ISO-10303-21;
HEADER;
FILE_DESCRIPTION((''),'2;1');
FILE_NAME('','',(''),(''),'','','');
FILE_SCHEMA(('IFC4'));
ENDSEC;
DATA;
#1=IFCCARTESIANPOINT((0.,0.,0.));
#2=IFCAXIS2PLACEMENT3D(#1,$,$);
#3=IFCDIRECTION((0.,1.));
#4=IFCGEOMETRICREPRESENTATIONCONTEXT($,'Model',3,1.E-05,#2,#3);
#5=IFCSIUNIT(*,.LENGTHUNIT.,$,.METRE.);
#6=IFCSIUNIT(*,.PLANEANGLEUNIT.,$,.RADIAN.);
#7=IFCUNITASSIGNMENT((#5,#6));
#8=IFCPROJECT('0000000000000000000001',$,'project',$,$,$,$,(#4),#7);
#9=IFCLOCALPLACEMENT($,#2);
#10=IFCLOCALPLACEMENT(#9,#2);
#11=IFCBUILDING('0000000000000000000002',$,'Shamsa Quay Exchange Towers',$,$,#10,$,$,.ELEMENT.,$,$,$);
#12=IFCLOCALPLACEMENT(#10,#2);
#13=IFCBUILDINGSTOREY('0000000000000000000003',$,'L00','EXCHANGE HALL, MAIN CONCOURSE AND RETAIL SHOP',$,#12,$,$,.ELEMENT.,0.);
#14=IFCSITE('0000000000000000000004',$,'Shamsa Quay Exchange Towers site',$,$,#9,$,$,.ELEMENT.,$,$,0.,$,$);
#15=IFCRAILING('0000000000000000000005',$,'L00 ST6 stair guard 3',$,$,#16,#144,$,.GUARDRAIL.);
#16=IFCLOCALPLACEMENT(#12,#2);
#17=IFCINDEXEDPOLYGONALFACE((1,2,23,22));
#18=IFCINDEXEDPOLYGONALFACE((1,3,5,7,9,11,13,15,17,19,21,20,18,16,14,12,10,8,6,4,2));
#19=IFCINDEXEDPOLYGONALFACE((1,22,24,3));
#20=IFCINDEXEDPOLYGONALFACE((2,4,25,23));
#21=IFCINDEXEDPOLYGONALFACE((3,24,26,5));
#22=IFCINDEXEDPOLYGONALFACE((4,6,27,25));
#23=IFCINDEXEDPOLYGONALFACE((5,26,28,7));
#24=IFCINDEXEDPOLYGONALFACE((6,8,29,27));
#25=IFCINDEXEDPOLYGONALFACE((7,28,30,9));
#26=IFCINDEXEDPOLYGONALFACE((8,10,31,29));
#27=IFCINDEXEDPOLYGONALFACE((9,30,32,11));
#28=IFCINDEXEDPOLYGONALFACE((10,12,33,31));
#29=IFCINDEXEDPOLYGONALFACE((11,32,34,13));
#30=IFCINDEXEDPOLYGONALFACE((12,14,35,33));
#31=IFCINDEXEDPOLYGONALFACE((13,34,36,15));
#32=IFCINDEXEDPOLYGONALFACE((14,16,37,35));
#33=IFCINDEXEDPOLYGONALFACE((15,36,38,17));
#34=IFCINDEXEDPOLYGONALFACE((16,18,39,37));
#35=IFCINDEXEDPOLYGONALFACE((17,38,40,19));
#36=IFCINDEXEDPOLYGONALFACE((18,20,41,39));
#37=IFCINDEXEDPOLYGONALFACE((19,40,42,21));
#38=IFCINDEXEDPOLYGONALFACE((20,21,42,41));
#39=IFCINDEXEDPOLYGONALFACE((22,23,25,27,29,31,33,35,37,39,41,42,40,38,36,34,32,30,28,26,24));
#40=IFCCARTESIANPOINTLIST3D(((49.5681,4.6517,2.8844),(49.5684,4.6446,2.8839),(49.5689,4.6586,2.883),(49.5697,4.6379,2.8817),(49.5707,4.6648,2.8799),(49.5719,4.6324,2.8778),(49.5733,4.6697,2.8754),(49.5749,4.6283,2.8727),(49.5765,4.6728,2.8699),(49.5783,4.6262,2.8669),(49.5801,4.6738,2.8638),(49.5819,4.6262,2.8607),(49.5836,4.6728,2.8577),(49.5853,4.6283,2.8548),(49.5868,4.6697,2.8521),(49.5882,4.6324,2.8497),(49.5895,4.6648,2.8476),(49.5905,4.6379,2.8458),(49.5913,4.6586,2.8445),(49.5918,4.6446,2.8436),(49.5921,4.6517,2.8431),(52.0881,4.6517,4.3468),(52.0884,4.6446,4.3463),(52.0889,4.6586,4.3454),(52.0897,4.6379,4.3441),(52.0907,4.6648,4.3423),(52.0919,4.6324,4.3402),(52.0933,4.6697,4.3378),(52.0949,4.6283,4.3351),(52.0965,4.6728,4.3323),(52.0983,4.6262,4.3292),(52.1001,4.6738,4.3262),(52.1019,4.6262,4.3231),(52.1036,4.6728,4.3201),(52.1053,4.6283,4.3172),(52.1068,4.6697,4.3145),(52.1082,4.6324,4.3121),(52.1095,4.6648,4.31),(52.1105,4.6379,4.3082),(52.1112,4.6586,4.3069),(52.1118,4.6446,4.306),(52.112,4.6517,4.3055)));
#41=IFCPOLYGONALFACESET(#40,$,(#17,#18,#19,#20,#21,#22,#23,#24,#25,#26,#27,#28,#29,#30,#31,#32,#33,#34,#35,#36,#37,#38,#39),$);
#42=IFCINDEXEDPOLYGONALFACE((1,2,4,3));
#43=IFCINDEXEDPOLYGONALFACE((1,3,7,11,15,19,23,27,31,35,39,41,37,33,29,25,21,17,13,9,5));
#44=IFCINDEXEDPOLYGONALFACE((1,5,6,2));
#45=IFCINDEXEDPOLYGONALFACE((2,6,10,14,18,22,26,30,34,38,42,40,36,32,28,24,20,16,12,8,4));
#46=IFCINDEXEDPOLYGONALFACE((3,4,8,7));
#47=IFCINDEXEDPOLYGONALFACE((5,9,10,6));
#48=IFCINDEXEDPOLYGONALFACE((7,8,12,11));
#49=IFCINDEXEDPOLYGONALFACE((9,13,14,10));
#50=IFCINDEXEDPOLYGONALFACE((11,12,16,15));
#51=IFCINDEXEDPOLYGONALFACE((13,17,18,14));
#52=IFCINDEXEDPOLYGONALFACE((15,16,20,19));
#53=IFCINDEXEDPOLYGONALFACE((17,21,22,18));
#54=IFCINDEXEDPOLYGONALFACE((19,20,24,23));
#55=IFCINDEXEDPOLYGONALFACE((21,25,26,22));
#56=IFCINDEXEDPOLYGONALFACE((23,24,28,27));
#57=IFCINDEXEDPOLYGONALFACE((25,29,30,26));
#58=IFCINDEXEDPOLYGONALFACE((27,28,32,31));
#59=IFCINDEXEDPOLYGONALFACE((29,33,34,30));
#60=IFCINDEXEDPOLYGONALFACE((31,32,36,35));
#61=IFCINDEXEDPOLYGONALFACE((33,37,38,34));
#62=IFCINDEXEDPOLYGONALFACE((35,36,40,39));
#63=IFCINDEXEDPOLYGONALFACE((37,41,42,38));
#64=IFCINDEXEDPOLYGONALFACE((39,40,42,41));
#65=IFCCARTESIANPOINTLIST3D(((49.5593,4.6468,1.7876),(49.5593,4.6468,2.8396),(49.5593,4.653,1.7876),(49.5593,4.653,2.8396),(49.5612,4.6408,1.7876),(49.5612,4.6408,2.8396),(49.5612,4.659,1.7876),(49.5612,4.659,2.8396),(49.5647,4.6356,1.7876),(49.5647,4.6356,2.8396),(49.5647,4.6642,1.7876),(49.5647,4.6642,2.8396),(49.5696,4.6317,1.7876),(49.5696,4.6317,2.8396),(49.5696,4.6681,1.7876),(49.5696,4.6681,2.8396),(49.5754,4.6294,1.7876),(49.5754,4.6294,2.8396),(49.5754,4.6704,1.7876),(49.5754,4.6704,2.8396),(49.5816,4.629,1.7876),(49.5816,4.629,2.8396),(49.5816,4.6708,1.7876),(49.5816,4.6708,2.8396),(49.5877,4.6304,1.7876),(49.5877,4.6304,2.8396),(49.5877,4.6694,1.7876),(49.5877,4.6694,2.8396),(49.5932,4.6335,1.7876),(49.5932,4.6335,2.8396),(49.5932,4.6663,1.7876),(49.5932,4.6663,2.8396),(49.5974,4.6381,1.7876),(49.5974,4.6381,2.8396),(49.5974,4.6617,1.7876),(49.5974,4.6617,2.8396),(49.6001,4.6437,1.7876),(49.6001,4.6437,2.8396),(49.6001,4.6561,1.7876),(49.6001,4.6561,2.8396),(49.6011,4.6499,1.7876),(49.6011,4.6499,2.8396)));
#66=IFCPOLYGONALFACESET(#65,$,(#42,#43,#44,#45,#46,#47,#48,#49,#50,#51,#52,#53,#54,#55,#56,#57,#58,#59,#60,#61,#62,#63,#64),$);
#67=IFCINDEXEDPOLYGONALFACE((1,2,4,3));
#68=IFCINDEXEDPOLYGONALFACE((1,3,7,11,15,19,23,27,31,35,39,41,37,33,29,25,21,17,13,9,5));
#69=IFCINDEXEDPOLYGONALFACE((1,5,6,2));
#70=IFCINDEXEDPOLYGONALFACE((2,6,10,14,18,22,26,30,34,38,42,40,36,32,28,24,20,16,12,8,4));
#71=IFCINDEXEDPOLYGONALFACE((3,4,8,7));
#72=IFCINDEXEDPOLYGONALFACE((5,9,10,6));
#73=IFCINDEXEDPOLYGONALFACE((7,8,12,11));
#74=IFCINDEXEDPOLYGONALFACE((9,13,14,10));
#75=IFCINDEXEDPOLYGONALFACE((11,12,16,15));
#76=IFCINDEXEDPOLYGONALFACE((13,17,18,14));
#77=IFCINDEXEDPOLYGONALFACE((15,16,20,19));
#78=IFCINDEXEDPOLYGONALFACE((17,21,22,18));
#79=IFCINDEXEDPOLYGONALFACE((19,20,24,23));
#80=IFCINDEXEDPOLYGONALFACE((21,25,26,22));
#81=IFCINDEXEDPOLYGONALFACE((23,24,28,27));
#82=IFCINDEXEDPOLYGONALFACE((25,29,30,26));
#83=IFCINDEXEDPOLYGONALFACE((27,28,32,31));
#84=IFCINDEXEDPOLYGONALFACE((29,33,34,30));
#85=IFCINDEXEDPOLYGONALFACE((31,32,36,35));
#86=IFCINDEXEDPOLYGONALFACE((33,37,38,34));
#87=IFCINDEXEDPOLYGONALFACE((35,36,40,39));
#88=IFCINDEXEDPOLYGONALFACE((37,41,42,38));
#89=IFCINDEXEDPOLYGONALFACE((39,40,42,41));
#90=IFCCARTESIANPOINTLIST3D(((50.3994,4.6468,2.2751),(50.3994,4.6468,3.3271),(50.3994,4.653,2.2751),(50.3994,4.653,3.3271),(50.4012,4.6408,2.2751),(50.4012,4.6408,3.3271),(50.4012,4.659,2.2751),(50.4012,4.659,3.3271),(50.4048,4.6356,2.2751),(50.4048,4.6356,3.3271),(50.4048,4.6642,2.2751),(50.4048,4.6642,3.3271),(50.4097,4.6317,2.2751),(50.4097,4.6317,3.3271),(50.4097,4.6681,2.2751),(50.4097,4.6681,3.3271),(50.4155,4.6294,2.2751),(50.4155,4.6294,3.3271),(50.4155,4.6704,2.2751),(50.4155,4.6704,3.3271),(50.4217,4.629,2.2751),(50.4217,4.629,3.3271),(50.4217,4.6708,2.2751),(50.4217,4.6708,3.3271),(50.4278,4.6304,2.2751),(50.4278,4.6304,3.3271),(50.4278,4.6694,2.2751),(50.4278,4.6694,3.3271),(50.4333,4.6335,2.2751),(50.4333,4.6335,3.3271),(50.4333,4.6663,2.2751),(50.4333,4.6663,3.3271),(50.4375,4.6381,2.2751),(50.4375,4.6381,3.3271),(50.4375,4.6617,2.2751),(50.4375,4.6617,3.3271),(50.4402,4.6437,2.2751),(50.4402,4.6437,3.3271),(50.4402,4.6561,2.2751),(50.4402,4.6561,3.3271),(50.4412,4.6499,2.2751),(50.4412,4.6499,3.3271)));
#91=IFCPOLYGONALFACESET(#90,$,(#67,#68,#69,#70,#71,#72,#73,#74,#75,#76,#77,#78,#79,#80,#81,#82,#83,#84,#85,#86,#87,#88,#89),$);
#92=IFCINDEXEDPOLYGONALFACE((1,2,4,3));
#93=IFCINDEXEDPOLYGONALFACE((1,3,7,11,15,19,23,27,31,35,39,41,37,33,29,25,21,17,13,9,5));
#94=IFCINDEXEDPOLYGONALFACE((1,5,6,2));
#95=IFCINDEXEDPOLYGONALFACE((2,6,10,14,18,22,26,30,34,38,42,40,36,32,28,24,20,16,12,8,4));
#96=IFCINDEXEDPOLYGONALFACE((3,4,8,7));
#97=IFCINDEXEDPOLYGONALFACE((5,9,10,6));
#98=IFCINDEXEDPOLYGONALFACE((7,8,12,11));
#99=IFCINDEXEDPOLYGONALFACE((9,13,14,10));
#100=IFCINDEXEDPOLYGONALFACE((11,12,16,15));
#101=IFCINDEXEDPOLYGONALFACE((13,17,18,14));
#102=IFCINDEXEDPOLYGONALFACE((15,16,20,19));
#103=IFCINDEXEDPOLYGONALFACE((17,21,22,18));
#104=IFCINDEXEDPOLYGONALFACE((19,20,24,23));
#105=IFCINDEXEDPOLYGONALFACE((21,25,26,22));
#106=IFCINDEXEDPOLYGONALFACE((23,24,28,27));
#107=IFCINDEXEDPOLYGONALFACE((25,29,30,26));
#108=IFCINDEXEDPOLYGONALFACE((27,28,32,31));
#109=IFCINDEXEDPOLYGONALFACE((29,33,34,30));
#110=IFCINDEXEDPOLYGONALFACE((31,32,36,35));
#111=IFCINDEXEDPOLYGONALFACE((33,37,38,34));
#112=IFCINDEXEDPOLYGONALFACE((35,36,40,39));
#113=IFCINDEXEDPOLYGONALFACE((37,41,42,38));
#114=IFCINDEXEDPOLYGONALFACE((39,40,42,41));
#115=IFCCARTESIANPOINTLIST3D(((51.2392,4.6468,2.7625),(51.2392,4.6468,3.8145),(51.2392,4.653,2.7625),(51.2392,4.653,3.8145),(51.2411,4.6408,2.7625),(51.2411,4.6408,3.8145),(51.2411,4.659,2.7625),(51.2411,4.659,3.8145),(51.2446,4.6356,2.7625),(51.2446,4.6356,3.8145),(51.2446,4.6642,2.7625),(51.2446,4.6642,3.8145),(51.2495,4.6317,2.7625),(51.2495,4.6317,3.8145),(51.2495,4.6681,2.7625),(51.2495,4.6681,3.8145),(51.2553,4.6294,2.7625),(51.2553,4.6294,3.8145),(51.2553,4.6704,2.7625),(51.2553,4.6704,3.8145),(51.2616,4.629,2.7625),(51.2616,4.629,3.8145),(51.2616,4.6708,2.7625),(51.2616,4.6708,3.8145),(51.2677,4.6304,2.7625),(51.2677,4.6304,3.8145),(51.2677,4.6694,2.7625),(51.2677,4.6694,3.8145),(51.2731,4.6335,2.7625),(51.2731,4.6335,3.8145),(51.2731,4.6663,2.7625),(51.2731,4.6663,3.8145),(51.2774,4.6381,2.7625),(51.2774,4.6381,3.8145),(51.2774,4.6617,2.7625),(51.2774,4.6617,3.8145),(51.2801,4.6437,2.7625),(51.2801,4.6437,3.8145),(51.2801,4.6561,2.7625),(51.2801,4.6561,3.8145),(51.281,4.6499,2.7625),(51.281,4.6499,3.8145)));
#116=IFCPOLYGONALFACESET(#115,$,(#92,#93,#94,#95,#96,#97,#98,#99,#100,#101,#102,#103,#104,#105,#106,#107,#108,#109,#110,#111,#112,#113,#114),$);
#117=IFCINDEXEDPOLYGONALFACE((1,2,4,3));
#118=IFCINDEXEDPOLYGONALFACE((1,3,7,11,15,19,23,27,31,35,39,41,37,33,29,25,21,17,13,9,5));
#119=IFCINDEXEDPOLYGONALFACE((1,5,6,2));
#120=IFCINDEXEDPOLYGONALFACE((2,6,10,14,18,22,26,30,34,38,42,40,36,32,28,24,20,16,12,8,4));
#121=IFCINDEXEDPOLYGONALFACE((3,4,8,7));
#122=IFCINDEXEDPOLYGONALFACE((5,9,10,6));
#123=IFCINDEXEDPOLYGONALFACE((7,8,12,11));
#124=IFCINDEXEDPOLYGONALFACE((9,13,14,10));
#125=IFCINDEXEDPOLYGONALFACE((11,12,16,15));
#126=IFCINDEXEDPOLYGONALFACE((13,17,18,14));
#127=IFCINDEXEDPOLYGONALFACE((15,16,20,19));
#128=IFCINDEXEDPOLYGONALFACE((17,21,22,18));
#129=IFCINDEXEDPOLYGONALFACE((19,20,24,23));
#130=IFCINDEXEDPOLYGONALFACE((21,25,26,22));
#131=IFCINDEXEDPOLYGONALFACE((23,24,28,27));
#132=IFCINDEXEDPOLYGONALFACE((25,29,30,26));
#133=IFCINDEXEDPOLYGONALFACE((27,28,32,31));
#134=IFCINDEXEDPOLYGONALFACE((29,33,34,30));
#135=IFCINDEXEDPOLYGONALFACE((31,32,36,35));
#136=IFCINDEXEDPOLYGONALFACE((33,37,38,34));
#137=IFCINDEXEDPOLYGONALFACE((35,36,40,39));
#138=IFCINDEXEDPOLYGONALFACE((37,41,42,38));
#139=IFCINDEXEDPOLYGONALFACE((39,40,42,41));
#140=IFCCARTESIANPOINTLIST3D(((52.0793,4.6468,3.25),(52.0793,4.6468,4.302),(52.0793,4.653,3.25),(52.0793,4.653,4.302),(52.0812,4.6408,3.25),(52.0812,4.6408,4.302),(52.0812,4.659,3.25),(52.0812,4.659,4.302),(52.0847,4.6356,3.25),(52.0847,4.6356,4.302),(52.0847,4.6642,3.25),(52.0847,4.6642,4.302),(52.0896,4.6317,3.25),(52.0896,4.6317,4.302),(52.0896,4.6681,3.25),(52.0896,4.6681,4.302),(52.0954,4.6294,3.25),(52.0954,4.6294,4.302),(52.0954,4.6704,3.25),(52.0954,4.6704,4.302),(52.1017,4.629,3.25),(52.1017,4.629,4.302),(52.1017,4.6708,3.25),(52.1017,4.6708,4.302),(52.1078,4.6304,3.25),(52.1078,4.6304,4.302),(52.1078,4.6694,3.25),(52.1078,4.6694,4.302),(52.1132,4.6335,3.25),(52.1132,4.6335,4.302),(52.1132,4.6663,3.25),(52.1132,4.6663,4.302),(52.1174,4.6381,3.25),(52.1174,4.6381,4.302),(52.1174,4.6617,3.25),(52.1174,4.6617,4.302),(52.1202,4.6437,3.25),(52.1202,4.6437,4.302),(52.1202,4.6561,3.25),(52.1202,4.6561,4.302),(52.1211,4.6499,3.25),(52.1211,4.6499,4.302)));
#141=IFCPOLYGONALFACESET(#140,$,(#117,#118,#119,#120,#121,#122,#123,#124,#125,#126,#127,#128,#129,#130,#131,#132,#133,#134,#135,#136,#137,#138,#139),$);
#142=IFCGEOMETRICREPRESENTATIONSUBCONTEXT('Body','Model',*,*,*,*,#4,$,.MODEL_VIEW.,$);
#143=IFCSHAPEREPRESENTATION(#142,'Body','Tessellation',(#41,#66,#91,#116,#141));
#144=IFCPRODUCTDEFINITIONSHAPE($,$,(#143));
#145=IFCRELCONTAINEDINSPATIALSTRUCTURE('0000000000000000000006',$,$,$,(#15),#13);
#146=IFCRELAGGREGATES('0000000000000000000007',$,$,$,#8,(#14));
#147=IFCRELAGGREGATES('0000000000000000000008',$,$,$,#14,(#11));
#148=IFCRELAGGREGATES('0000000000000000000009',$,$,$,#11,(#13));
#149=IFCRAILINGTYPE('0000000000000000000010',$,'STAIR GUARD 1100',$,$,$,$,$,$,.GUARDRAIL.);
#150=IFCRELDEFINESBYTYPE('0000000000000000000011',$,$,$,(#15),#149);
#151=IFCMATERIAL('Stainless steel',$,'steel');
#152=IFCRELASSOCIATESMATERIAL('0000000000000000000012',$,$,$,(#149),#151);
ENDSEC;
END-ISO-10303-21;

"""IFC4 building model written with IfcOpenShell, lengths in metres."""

from ifc_helpers import new_model, si_unit, direction, frame, origin, origin_2d, place, context, subcontext, project, spatial, circle, extrude, material, type_object, element, save


model = new_model("IFC4")

# Units and contexts
model_context = context("Model", 3, precision=1e-05, world=origin(), true_north=direction((0.0, 1.0)))
body_context = subcontext(model_context, "Body", "Model", "MODEL_VIEW")
ifc_project = project(units=[si_unit("LENGTHUNIT", "METRE"), si_unit("PLANEANGLEUNIT", "RADIAN")], contexts=[model_context])

# Site, building, storey
site_placement = place(None, origin())
site = spatial("IfcSite", under=ifc_project, at=site_placement, Name="Shamsa Quay Exchange Towers site", CompositionType="ELEMENT", RefElevation=0.0)
building_placement = place(site_placement, origin())
building = spatial("IfcBuilding", under=site, at=building_placement, Name="Shamsa Quay Exchange Towers", CompositionType="ELEMENT")
storey_placement = place(building_placement, origin())
storey = spatial("IfcBuildingStorey", under=building, at=storey_placement, Name="L00", Description="EXCHANGE HALL, MAIN CONCOURSE AND RETAIL SHOP", CompositionType="ELEMENT", Elevation=0.0)

# Railing
ifc_material_1 = material(Name="Stainless steel", Category="steel")
railing_type_1 = type_object("IfcRailingType", Name="STAIR GUARD 1100", PredefinedType="GUARDRAIL", material=ifc_material_1)
railing_1_placement = place(storey_placement, frame((49.5801, 4.6499, 1.7876)))
element("IfcRailing", 1, at=railing_1_placement, inside=storey, type_object=railing_type_1, Name="L00 ST6 stair guard 3", PredefinedType="GUARDRAIL", context=body_context, shape_type="SweptSolid", body=[
    extrude(circle(Radius=0.0239, at=origin_2d()), frame((0.0, 0.0, 1.0762), z_axis=(0.864913, 0.0, 0.501921), x_axis=(0.0, 1.0, 0.0)), (0.0, 0.0, 1.0), 2.9136),
    extrude(circle(Radius=0.021, at=origin_2d()), origin(), (0.0, 0.0, 1.0), 1.052),
    extrude(circle(Radius=0.021, at=origin_2d()), frame((0.8401, 0.0, 0.4875)), (0.0, 0.0, 1.0), 1.052),
    extrude(circle(Radius=0.021, at=origin_2d()), frame((1.6799, 0.0, 0.9749)), (0.0, 0.0, 1.0), 1.052),
    extrude(circle(Radius=0.021, at=origin_2d()), frame((2.52, 0.0, 1.4624)), (0.0, 0.0, 1.0), 1.052),
])

save(model, "model.ifc")
